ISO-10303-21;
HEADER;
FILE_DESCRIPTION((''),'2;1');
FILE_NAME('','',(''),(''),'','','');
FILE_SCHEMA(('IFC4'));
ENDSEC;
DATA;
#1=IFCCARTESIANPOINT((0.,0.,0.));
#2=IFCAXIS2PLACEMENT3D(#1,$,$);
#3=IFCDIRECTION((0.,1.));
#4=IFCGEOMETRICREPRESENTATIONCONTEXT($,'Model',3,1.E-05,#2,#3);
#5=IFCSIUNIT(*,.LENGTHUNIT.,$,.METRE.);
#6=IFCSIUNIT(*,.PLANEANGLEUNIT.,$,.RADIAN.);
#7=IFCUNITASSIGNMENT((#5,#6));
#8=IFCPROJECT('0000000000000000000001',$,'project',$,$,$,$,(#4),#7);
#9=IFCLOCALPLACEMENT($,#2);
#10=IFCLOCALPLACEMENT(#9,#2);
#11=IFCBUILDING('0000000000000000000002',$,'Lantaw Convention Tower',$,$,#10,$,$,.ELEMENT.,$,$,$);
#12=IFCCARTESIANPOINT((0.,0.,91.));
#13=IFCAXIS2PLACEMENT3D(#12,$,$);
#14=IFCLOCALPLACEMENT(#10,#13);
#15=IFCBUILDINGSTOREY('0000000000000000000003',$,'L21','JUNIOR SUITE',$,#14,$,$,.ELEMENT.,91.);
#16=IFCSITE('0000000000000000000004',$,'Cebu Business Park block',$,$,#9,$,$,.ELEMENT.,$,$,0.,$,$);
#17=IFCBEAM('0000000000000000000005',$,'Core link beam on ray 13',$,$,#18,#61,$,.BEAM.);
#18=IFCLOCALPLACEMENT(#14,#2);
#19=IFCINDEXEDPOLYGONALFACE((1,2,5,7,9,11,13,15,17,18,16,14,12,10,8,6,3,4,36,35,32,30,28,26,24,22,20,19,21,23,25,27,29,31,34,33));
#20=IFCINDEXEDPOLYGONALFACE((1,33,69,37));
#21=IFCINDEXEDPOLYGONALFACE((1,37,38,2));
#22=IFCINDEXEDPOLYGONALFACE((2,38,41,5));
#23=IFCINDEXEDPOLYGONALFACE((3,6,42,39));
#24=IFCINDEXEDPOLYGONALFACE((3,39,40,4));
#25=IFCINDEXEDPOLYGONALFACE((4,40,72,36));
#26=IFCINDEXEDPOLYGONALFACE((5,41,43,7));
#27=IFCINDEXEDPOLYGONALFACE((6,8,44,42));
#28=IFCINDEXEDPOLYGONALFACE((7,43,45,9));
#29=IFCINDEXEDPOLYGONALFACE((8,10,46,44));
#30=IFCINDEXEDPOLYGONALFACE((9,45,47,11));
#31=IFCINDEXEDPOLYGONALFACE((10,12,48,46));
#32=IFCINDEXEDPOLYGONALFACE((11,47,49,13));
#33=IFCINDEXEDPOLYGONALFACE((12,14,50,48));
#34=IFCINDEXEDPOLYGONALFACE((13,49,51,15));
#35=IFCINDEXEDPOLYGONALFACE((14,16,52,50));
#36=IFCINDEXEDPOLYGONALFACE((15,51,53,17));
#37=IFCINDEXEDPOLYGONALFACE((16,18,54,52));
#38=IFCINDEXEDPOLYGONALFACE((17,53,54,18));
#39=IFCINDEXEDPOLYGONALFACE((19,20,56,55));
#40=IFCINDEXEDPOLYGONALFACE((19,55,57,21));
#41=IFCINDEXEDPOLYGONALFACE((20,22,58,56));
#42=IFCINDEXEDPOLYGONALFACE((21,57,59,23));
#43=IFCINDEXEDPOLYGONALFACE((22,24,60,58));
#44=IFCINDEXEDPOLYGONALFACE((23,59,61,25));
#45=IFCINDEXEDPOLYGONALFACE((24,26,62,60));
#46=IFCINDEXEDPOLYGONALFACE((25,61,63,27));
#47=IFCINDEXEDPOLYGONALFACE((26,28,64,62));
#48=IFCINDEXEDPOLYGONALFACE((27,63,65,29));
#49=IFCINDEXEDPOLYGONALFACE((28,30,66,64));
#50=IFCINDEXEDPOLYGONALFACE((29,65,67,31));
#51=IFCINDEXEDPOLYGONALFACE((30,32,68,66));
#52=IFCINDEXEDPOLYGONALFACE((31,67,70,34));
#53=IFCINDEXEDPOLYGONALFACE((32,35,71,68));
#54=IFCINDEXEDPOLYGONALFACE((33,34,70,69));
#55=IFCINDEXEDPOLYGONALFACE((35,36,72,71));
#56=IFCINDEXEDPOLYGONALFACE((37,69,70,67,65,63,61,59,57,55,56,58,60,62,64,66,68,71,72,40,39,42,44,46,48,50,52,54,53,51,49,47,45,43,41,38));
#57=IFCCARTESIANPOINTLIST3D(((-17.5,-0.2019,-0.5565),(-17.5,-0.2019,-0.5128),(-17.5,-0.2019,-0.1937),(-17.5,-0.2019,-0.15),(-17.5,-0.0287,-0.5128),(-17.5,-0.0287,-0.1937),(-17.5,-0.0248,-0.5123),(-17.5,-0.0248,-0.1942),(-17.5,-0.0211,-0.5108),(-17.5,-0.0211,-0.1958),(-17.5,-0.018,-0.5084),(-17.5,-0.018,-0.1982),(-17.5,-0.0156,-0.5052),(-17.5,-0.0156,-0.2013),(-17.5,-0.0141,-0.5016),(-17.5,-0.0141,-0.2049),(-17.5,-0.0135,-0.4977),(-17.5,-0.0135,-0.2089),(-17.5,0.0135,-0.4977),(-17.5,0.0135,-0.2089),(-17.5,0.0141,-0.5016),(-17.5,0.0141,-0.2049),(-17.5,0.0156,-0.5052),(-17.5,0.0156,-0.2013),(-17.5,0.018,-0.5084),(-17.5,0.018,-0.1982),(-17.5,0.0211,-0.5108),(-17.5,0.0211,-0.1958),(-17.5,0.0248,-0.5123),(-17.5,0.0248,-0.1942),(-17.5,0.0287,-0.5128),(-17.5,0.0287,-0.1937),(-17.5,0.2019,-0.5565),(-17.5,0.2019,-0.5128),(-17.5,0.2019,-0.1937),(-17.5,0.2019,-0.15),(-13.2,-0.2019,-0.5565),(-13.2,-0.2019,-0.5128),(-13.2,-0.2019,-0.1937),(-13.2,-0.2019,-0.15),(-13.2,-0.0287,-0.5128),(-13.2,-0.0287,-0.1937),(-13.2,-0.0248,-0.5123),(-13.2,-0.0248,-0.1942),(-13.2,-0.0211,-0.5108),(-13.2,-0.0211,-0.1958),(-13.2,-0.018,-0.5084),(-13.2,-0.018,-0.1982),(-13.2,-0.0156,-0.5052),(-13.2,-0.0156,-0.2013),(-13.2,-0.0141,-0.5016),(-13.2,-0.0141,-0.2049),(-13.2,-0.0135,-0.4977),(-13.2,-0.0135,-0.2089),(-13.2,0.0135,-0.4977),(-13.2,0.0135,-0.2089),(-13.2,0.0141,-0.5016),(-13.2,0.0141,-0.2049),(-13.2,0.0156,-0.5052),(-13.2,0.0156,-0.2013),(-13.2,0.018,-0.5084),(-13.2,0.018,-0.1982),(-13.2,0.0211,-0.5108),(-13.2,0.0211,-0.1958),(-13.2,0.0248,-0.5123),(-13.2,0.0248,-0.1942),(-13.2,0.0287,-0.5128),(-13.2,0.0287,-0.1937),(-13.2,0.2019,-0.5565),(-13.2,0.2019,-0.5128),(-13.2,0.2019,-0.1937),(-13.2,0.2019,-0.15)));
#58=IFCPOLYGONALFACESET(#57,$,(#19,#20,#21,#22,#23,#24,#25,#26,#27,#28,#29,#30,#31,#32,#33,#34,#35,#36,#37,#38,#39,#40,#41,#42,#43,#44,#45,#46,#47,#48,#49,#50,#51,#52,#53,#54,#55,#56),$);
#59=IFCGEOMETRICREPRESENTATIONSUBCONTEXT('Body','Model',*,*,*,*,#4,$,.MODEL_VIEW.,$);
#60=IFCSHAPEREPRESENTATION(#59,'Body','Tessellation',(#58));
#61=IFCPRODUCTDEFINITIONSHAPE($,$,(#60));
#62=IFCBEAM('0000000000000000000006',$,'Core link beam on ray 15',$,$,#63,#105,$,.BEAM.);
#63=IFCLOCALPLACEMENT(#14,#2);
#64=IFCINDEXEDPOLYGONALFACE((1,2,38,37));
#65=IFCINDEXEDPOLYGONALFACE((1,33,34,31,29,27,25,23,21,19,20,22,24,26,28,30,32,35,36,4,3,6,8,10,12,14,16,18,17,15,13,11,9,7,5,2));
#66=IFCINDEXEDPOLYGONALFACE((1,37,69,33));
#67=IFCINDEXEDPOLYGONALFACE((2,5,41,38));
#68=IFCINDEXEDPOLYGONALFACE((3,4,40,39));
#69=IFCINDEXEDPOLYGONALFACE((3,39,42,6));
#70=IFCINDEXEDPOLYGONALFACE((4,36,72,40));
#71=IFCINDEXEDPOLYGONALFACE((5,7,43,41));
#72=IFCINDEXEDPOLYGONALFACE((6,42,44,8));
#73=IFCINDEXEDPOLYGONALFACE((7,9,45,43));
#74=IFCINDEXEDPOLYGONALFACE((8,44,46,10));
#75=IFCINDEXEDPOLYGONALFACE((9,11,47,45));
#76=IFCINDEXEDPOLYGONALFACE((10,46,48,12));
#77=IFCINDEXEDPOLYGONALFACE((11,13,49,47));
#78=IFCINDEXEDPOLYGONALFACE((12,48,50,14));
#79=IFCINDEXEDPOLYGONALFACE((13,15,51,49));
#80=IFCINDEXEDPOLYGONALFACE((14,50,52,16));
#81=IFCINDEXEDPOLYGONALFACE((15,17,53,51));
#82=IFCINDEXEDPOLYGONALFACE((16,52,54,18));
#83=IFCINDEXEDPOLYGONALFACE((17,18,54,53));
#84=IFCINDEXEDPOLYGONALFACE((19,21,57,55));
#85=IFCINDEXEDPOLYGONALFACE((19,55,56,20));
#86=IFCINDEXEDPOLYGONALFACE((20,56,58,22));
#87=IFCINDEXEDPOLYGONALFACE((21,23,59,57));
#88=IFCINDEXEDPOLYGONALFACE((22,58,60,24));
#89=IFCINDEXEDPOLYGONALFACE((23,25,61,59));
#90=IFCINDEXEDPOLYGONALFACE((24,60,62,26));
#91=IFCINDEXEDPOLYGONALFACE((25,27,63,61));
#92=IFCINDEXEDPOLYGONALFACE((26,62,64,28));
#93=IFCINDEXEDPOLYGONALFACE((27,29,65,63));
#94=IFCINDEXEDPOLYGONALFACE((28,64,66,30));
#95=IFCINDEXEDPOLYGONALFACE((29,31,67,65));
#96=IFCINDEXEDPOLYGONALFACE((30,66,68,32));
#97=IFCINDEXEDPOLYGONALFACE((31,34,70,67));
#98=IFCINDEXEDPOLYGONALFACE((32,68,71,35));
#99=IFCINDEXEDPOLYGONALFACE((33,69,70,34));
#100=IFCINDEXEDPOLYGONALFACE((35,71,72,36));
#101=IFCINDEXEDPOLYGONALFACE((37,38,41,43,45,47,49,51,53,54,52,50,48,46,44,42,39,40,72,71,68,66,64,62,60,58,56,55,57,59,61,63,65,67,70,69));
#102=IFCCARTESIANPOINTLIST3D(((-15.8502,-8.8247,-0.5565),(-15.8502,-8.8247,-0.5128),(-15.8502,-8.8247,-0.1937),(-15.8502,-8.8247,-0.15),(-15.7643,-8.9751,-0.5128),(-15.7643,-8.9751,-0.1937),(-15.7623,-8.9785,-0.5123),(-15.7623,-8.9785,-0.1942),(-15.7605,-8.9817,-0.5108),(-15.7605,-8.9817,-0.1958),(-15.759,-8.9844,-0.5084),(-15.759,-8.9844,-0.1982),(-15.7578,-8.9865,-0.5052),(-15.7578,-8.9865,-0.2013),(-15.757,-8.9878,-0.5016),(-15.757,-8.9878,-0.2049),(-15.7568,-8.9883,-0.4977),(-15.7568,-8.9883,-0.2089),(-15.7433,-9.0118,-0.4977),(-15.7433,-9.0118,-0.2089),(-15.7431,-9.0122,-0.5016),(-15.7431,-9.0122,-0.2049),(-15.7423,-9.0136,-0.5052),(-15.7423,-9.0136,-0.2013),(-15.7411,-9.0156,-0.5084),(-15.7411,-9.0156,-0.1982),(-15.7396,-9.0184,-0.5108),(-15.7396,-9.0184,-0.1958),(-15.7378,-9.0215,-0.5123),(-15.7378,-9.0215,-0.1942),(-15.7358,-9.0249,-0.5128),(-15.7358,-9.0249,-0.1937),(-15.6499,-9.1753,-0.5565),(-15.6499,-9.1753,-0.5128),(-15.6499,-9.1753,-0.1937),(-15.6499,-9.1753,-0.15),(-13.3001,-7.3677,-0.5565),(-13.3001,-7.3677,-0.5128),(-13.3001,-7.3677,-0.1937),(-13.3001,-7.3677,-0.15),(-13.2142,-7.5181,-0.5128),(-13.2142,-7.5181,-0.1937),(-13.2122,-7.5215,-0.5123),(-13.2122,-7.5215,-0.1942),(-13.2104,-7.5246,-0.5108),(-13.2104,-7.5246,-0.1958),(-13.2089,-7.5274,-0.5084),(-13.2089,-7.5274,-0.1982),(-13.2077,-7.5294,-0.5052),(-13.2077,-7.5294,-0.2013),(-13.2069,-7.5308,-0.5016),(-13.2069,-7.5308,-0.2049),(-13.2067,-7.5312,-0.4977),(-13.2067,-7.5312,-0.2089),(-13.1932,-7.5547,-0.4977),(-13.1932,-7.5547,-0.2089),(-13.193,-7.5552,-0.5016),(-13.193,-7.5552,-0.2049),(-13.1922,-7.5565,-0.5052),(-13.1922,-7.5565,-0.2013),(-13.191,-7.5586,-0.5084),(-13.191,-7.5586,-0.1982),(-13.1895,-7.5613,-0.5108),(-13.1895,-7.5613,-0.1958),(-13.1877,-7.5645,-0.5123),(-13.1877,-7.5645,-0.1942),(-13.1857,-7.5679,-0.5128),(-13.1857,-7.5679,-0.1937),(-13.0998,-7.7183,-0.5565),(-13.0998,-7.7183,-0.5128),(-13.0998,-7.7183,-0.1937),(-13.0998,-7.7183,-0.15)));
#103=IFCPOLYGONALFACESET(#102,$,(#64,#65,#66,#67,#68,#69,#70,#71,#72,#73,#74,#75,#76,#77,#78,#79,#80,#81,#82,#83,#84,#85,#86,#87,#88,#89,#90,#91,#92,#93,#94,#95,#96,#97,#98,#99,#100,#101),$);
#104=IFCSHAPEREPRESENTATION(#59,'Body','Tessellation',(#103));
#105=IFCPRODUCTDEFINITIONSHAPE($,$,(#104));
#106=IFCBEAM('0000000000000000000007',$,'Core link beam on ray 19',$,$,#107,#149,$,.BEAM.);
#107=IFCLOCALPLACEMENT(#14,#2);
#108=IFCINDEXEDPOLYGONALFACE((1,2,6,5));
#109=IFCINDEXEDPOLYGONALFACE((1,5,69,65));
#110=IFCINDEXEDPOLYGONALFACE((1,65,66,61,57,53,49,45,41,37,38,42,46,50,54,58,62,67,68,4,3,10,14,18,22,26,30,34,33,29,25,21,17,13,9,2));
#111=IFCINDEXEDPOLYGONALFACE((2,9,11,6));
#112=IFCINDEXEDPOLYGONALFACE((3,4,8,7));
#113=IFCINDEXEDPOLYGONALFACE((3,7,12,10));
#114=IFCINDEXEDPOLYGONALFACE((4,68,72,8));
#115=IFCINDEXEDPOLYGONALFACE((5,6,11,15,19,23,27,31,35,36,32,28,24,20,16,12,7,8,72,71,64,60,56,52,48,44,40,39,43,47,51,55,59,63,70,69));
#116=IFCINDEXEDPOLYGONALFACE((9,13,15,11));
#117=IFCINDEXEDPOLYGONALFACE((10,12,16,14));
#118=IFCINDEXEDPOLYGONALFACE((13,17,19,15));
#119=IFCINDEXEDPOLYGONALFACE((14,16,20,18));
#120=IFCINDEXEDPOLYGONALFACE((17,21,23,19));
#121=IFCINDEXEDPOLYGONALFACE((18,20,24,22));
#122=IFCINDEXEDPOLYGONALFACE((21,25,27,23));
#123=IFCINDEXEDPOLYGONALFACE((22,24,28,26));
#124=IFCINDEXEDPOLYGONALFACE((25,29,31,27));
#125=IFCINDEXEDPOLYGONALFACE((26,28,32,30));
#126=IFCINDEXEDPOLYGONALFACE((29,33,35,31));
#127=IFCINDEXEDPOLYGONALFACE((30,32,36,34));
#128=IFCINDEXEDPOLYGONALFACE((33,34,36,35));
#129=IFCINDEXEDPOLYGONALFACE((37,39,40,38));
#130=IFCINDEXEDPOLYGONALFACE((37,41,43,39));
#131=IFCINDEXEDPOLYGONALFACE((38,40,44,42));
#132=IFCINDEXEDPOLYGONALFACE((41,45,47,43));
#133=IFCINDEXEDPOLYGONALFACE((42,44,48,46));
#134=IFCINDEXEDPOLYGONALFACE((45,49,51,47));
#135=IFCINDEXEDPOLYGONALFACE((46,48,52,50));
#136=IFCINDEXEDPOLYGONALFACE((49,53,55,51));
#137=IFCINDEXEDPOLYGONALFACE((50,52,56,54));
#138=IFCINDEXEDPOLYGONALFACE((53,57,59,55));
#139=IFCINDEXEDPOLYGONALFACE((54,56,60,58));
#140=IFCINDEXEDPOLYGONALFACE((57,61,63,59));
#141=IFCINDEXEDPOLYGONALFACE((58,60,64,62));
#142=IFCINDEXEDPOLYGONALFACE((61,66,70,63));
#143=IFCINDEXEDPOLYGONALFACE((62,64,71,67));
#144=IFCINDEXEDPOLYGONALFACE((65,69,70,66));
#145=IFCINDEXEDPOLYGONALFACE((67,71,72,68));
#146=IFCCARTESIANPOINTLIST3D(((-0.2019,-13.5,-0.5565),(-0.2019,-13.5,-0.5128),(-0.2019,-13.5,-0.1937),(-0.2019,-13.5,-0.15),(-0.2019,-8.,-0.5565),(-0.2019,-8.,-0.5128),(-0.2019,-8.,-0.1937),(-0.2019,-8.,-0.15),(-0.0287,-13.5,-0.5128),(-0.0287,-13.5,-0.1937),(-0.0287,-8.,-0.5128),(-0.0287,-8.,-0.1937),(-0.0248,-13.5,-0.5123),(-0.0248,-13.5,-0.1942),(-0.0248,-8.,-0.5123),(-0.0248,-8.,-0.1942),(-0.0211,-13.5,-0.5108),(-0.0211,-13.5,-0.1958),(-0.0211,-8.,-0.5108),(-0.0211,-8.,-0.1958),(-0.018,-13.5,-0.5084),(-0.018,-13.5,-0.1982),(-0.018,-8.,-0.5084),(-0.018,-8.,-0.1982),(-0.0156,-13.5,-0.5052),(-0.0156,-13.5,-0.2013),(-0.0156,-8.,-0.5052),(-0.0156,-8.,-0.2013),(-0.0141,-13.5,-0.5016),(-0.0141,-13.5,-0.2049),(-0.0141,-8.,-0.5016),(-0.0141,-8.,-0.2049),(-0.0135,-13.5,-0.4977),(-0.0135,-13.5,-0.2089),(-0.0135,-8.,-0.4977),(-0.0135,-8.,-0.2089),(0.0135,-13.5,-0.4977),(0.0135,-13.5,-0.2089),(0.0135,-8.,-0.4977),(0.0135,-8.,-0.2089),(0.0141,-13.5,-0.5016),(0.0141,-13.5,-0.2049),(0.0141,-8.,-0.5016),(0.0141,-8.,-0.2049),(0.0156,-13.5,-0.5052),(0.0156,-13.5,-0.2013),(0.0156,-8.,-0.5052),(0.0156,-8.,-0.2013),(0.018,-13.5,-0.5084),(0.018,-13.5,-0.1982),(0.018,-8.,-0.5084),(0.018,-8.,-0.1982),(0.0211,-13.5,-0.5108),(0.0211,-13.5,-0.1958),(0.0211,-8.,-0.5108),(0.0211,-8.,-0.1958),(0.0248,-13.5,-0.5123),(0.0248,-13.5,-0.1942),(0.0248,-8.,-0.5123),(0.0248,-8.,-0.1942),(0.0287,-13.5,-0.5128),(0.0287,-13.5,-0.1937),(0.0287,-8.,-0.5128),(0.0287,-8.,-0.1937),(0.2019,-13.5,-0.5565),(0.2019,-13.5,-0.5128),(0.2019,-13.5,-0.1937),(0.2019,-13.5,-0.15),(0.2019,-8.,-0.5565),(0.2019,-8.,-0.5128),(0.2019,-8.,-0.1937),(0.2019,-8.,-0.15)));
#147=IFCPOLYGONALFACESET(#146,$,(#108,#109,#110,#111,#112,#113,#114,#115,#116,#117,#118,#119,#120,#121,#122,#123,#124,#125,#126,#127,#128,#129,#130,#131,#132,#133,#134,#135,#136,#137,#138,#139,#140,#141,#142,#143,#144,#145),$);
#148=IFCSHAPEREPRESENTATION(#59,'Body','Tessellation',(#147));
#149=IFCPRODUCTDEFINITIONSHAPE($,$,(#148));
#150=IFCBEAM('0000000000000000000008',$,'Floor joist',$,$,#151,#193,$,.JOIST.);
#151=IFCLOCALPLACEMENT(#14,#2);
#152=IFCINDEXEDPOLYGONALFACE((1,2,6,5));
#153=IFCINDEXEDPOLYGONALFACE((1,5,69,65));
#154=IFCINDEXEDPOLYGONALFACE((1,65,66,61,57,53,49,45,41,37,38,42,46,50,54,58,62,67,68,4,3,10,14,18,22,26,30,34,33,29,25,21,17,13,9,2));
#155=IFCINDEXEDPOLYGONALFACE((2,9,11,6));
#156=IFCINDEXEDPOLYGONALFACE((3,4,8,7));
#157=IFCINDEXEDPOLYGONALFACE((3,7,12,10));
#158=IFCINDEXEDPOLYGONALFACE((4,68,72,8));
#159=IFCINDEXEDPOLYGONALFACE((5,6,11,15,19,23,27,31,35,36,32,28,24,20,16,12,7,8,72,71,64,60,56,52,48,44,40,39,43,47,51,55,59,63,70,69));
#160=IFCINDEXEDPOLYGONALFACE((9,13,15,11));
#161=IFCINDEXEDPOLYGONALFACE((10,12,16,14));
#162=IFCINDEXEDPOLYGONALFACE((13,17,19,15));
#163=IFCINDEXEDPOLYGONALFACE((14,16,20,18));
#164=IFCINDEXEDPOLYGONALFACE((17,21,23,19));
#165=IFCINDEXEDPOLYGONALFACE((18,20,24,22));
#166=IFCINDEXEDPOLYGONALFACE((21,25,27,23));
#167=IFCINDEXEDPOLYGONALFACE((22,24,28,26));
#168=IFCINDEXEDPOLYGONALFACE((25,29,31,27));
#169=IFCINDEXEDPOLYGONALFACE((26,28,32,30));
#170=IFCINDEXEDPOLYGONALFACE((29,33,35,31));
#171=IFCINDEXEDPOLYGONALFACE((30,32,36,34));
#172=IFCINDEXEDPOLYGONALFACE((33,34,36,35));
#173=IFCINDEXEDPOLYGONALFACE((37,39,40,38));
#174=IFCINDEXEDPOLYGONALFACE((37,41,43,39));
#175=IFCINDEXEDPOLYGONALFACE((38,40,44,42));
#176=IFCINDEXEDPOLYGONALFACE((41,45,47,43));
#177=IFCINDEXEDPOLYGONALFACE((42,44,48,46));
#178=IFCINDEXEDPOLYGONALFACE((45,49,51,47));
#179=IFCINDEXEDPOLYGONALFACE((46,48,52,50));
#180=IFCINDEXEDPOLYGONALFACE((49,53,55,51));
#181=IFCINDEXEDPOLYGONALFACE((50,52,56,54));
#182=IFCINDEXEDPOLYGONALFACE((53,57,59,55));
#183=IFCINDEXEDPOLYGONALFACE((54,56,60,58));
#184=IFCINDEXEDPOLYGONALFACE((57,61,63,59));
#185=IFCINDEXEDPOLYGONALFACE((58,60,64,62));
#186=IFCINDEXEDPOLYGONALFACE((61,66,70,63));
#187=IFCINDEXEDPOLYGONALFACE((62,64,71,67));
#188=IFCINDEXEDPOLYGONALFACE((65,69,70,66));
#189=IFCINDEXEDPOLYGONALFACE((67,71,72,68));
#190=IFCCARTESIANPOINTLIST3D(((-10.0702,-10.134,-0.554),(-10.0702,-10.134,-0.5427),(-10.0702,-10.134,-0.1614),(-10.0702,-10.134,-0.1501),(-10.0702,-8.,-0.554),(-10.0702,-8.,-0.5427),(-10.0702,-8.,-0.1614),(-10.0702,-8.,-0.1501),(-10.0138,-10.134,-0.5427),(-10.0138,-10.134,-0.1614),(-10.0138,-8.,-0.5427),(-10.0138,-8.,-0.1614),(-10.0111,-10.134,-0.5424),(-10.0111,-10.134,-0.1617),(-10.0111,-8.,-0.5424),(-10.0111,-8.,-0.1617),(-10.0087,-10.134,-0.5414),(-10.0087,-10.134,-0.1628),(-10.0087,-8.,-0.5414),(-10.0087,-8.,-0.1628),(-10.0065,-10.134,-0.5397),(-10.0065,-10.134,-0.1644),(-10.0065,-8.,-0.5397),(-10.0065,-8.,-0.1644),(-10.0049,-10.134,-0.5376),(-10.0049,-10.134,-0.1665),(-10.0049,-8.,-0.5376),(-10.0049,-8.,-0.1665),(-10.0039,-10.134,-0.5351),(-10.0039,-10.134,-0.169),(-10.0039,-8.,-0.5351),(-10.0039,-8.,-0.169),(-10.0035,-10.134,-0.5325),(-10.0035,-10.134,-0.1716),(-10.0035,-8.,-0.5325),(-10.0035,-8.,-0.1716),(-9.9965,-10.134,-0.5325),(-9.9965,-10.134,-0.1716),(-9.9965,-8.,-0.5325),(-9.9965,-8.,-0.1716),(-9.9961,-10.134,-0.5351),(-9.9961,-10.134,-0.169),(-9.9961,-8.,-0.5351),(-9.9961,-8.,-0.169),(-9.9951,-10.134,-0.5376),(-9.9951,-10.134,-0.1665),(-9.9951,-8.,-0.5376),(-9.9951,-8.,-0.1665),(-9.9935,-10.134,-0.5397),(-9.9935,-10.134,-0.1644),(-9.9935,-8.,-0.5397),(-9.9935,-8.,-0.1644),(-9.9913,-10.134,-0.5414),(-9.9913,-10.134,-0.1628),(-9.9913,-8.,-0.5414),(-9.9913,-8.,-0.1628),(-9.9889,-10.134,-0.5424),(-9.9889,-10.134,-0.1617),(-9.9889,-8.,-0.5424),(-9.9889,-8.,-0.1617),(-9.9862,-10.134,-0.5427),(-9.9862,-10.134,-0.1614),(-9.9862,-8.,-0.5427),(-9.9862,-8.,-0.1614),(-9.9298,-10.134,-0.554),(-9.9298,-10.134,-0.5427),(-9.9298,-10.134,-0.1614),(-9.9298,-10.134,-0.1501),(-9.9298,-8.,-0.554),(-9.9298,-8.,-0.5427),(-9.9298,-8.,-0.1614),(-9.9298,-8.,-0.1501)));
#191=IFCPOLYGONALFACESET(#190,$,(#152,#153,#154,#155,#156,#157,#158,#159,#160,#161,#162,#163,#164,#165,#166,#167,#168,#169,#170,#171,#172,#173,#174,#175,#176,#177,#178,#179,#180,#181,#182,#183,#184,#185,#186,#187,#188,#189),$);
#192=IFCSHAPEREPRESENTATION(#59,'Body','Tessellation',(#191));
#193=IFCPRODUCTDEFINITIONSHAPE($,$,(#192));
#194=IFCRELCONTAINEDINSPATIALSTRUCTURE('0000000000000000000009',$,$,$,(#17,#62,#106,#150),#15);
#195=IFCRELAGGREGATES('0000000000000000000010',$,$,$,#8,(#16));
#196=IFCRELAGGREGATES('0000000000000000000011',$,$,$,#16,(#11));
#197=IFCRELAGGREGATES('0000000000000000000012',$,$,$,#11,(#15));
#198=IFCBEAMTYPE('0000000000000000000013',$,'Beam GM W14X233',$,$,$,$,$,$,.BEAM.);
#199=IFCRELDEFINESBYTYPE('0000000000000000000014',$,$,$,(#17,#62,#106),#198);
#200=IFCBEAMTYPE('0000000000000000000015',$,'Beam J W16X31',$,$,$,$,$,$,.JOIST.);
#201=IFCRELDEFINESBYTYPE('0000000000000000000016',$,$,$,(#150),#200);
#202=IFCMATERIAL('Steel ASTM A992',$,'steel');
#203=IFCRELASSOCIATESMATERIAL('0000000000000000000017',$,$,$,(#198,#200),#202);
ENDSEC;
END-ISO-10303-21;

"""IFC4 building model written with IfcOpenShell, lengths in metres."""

from ifc_helpers import new_model, si_unit, direction, frame, origin, origin_2d, place, context, subcontext, project, spatial, i_section, extrude, material, material_profile, profile_set, type_object, element, save


model = new_model("IFC4")

# Units and contexts
model_context = context("Model", 3, precision=1e-05, world=origin(), true_north=direction((0.0, 1.0)))
body_context = subcontext(model_context, "Body", "Model", "MODEL_VIEW")
ifc_project = project(units=[si_unit("LENGTHUNIT", "METRE"), si_unit("PLANEANGLEUNIT", "RADIAN")], contexts=[model_context])

# Site, building, storey
site_placement = place(None, origin())
site = spatial("IfcSite", under=ifc_project, at=site_placement, Name="Cebu Business Park block", CompositionType="ELEMENT", RefElevation=0.0)
building_placement = place(site_placement, origin())
building = spatial("IfcBuilding", under=site, at=building_placement, Name="Lantaw Convention Tower", CompositionType="ELEMENT")
storey_placement = place(building_placement, frame((0.0, 0.0, 91.0)))
storey = spatial("IfcBuildingStorey", under=building, at=storey_placement, Name="L21", Description="JUNIOR SUITE", CompositionType="ELEMENT", Elevation=91.0)

# Beams
ifc_material_1 = material(Name="Steel ASTM A992", Category="steel")
ifc_material_profile_1 = material_profile(ifc_material_1, i_section(OverallWidth=0.4038, OverallDepth=0.4065, WebThickness=0.0271, FlangeThickness=0.0437, FilletRadius=0.0151, at=origin_2d()), Name="W14X233")
ifc_profile_set_1 = profile_set([ifc_material_profile_1], Name="Steel ASTM A992")
beam_type_1 = type_object("IfcBeamType", Name="Beam GM W14X233", PredefinedType="BEAM", material=ifc_profile_set_1)
beam_1_placement = place(storey_placement, frame((-13.2, 0.0, -0.3533), z_axis=(-1.0, 0.0, 0.0), x_axis=(0.0, -1.0, 0.0)))
element("IfcBeam", 1, at=beam_1_placement, inside=storey, type_object=beam_type_1, Name="Core link beam on ray 13", PredefinedType="BEAM", context=body_context, shape_type="SweptSolid", body=[
    extrude(i_section(OverallWidth=0.4038, OverallDepth=0.4065, WebThickness=0.0271, FlangeThickness=0.0437, FilletRadius=0.0151, at=origin_2d()), origin(), (0.0, 0.0, 1.0), 4.3),
])
beam_2_placement = place(storey_placement, frame((-13.2, -7.543, -0.3533), z_axis=(-0.868264, -0.496103, 0.0), x_axis=(0.496103, -0.868264, 0.0)))
element("IfcBeam", 2, at=beam_2_placement, inside=storey, type_object=beam_type_1, Name="Core link beam on ray 15", PredefinedType="BEAM", context=body_context, shape_type="SweptSolid", body=[
    extrude(i_section(OverallWidth=0.4038, OverallDepth=0.4065, WebThickness=0.0271, FlangeThickness=0.0437, FilletRadius=0.0151, at=origin_2d()), origin(), (0.0, 0.0, 1.0), 2.937),
])
beam_3_placement = place(storey_placement, frame((0.0, -8.0, -0.3533), z_axis=(0.0, -1.0, 0.0), x_axis=(1.0, 0.0, 0.0)))
element("IfcBeam", 3, at=beam_3_placement, inside=storey, type_object=beam_type_1, Name="Core link beam on ray 19", PredefinedType="BEAM", context=body_context, shape_type="SweptSolid", body=[
    extrude(i_section(OverallWidth=0.4038, OverallDepth=0.4065, WebThickness=0.0271, FlangeThickness=0.0437, FilletRadius=0.0151, at=origin_2d()), origin(), (0.0, 0.0, 1.0), 5.5),
])
ifc_material_profile_2 = material_profile(ifc_material_1, i_section(OverallWidth=0.1404, OverallDepth=0.4038, WebThickness=0.0071, FlangeThickness=0.0112, FilletRadius=0.0103, at=origin_2d()), Name="W16X31")
ifc_profile_set_2 = profile_set([ifc_material_profile_2], Name="Steel ASTM A992")
beam_type_2 = type_object("IfcBeamType", Name="Beam J W16X31", PredefinedType="JOIST", material=ifc_profile_set_2)
beam_4_placement = place(storey_placement, frame((-10.0, -10.134, -0.3521), z_axis=(0.0, 1.0, 0.0), x_axis=(-1.0, 0.0, 0.0)))
element("IfcBeam", 4, at=beam_4_placement, inside=storey, type_object=beam_type_2, Name="Floor joist", PredefinedType="JOIST", context=body_context, shape_type="SweptSolid", body=[
    extrude(i_section(OverallWidth=0.1404, OverallDepth=0.4038, WebThickness=0.0071, FlangeThickness=0.0112, FilletRadius=0.0103, at=origin_2d()), origin(), (0.0, 0.0, 1.0), 2.134),
])

save(model, "model.ifc")
